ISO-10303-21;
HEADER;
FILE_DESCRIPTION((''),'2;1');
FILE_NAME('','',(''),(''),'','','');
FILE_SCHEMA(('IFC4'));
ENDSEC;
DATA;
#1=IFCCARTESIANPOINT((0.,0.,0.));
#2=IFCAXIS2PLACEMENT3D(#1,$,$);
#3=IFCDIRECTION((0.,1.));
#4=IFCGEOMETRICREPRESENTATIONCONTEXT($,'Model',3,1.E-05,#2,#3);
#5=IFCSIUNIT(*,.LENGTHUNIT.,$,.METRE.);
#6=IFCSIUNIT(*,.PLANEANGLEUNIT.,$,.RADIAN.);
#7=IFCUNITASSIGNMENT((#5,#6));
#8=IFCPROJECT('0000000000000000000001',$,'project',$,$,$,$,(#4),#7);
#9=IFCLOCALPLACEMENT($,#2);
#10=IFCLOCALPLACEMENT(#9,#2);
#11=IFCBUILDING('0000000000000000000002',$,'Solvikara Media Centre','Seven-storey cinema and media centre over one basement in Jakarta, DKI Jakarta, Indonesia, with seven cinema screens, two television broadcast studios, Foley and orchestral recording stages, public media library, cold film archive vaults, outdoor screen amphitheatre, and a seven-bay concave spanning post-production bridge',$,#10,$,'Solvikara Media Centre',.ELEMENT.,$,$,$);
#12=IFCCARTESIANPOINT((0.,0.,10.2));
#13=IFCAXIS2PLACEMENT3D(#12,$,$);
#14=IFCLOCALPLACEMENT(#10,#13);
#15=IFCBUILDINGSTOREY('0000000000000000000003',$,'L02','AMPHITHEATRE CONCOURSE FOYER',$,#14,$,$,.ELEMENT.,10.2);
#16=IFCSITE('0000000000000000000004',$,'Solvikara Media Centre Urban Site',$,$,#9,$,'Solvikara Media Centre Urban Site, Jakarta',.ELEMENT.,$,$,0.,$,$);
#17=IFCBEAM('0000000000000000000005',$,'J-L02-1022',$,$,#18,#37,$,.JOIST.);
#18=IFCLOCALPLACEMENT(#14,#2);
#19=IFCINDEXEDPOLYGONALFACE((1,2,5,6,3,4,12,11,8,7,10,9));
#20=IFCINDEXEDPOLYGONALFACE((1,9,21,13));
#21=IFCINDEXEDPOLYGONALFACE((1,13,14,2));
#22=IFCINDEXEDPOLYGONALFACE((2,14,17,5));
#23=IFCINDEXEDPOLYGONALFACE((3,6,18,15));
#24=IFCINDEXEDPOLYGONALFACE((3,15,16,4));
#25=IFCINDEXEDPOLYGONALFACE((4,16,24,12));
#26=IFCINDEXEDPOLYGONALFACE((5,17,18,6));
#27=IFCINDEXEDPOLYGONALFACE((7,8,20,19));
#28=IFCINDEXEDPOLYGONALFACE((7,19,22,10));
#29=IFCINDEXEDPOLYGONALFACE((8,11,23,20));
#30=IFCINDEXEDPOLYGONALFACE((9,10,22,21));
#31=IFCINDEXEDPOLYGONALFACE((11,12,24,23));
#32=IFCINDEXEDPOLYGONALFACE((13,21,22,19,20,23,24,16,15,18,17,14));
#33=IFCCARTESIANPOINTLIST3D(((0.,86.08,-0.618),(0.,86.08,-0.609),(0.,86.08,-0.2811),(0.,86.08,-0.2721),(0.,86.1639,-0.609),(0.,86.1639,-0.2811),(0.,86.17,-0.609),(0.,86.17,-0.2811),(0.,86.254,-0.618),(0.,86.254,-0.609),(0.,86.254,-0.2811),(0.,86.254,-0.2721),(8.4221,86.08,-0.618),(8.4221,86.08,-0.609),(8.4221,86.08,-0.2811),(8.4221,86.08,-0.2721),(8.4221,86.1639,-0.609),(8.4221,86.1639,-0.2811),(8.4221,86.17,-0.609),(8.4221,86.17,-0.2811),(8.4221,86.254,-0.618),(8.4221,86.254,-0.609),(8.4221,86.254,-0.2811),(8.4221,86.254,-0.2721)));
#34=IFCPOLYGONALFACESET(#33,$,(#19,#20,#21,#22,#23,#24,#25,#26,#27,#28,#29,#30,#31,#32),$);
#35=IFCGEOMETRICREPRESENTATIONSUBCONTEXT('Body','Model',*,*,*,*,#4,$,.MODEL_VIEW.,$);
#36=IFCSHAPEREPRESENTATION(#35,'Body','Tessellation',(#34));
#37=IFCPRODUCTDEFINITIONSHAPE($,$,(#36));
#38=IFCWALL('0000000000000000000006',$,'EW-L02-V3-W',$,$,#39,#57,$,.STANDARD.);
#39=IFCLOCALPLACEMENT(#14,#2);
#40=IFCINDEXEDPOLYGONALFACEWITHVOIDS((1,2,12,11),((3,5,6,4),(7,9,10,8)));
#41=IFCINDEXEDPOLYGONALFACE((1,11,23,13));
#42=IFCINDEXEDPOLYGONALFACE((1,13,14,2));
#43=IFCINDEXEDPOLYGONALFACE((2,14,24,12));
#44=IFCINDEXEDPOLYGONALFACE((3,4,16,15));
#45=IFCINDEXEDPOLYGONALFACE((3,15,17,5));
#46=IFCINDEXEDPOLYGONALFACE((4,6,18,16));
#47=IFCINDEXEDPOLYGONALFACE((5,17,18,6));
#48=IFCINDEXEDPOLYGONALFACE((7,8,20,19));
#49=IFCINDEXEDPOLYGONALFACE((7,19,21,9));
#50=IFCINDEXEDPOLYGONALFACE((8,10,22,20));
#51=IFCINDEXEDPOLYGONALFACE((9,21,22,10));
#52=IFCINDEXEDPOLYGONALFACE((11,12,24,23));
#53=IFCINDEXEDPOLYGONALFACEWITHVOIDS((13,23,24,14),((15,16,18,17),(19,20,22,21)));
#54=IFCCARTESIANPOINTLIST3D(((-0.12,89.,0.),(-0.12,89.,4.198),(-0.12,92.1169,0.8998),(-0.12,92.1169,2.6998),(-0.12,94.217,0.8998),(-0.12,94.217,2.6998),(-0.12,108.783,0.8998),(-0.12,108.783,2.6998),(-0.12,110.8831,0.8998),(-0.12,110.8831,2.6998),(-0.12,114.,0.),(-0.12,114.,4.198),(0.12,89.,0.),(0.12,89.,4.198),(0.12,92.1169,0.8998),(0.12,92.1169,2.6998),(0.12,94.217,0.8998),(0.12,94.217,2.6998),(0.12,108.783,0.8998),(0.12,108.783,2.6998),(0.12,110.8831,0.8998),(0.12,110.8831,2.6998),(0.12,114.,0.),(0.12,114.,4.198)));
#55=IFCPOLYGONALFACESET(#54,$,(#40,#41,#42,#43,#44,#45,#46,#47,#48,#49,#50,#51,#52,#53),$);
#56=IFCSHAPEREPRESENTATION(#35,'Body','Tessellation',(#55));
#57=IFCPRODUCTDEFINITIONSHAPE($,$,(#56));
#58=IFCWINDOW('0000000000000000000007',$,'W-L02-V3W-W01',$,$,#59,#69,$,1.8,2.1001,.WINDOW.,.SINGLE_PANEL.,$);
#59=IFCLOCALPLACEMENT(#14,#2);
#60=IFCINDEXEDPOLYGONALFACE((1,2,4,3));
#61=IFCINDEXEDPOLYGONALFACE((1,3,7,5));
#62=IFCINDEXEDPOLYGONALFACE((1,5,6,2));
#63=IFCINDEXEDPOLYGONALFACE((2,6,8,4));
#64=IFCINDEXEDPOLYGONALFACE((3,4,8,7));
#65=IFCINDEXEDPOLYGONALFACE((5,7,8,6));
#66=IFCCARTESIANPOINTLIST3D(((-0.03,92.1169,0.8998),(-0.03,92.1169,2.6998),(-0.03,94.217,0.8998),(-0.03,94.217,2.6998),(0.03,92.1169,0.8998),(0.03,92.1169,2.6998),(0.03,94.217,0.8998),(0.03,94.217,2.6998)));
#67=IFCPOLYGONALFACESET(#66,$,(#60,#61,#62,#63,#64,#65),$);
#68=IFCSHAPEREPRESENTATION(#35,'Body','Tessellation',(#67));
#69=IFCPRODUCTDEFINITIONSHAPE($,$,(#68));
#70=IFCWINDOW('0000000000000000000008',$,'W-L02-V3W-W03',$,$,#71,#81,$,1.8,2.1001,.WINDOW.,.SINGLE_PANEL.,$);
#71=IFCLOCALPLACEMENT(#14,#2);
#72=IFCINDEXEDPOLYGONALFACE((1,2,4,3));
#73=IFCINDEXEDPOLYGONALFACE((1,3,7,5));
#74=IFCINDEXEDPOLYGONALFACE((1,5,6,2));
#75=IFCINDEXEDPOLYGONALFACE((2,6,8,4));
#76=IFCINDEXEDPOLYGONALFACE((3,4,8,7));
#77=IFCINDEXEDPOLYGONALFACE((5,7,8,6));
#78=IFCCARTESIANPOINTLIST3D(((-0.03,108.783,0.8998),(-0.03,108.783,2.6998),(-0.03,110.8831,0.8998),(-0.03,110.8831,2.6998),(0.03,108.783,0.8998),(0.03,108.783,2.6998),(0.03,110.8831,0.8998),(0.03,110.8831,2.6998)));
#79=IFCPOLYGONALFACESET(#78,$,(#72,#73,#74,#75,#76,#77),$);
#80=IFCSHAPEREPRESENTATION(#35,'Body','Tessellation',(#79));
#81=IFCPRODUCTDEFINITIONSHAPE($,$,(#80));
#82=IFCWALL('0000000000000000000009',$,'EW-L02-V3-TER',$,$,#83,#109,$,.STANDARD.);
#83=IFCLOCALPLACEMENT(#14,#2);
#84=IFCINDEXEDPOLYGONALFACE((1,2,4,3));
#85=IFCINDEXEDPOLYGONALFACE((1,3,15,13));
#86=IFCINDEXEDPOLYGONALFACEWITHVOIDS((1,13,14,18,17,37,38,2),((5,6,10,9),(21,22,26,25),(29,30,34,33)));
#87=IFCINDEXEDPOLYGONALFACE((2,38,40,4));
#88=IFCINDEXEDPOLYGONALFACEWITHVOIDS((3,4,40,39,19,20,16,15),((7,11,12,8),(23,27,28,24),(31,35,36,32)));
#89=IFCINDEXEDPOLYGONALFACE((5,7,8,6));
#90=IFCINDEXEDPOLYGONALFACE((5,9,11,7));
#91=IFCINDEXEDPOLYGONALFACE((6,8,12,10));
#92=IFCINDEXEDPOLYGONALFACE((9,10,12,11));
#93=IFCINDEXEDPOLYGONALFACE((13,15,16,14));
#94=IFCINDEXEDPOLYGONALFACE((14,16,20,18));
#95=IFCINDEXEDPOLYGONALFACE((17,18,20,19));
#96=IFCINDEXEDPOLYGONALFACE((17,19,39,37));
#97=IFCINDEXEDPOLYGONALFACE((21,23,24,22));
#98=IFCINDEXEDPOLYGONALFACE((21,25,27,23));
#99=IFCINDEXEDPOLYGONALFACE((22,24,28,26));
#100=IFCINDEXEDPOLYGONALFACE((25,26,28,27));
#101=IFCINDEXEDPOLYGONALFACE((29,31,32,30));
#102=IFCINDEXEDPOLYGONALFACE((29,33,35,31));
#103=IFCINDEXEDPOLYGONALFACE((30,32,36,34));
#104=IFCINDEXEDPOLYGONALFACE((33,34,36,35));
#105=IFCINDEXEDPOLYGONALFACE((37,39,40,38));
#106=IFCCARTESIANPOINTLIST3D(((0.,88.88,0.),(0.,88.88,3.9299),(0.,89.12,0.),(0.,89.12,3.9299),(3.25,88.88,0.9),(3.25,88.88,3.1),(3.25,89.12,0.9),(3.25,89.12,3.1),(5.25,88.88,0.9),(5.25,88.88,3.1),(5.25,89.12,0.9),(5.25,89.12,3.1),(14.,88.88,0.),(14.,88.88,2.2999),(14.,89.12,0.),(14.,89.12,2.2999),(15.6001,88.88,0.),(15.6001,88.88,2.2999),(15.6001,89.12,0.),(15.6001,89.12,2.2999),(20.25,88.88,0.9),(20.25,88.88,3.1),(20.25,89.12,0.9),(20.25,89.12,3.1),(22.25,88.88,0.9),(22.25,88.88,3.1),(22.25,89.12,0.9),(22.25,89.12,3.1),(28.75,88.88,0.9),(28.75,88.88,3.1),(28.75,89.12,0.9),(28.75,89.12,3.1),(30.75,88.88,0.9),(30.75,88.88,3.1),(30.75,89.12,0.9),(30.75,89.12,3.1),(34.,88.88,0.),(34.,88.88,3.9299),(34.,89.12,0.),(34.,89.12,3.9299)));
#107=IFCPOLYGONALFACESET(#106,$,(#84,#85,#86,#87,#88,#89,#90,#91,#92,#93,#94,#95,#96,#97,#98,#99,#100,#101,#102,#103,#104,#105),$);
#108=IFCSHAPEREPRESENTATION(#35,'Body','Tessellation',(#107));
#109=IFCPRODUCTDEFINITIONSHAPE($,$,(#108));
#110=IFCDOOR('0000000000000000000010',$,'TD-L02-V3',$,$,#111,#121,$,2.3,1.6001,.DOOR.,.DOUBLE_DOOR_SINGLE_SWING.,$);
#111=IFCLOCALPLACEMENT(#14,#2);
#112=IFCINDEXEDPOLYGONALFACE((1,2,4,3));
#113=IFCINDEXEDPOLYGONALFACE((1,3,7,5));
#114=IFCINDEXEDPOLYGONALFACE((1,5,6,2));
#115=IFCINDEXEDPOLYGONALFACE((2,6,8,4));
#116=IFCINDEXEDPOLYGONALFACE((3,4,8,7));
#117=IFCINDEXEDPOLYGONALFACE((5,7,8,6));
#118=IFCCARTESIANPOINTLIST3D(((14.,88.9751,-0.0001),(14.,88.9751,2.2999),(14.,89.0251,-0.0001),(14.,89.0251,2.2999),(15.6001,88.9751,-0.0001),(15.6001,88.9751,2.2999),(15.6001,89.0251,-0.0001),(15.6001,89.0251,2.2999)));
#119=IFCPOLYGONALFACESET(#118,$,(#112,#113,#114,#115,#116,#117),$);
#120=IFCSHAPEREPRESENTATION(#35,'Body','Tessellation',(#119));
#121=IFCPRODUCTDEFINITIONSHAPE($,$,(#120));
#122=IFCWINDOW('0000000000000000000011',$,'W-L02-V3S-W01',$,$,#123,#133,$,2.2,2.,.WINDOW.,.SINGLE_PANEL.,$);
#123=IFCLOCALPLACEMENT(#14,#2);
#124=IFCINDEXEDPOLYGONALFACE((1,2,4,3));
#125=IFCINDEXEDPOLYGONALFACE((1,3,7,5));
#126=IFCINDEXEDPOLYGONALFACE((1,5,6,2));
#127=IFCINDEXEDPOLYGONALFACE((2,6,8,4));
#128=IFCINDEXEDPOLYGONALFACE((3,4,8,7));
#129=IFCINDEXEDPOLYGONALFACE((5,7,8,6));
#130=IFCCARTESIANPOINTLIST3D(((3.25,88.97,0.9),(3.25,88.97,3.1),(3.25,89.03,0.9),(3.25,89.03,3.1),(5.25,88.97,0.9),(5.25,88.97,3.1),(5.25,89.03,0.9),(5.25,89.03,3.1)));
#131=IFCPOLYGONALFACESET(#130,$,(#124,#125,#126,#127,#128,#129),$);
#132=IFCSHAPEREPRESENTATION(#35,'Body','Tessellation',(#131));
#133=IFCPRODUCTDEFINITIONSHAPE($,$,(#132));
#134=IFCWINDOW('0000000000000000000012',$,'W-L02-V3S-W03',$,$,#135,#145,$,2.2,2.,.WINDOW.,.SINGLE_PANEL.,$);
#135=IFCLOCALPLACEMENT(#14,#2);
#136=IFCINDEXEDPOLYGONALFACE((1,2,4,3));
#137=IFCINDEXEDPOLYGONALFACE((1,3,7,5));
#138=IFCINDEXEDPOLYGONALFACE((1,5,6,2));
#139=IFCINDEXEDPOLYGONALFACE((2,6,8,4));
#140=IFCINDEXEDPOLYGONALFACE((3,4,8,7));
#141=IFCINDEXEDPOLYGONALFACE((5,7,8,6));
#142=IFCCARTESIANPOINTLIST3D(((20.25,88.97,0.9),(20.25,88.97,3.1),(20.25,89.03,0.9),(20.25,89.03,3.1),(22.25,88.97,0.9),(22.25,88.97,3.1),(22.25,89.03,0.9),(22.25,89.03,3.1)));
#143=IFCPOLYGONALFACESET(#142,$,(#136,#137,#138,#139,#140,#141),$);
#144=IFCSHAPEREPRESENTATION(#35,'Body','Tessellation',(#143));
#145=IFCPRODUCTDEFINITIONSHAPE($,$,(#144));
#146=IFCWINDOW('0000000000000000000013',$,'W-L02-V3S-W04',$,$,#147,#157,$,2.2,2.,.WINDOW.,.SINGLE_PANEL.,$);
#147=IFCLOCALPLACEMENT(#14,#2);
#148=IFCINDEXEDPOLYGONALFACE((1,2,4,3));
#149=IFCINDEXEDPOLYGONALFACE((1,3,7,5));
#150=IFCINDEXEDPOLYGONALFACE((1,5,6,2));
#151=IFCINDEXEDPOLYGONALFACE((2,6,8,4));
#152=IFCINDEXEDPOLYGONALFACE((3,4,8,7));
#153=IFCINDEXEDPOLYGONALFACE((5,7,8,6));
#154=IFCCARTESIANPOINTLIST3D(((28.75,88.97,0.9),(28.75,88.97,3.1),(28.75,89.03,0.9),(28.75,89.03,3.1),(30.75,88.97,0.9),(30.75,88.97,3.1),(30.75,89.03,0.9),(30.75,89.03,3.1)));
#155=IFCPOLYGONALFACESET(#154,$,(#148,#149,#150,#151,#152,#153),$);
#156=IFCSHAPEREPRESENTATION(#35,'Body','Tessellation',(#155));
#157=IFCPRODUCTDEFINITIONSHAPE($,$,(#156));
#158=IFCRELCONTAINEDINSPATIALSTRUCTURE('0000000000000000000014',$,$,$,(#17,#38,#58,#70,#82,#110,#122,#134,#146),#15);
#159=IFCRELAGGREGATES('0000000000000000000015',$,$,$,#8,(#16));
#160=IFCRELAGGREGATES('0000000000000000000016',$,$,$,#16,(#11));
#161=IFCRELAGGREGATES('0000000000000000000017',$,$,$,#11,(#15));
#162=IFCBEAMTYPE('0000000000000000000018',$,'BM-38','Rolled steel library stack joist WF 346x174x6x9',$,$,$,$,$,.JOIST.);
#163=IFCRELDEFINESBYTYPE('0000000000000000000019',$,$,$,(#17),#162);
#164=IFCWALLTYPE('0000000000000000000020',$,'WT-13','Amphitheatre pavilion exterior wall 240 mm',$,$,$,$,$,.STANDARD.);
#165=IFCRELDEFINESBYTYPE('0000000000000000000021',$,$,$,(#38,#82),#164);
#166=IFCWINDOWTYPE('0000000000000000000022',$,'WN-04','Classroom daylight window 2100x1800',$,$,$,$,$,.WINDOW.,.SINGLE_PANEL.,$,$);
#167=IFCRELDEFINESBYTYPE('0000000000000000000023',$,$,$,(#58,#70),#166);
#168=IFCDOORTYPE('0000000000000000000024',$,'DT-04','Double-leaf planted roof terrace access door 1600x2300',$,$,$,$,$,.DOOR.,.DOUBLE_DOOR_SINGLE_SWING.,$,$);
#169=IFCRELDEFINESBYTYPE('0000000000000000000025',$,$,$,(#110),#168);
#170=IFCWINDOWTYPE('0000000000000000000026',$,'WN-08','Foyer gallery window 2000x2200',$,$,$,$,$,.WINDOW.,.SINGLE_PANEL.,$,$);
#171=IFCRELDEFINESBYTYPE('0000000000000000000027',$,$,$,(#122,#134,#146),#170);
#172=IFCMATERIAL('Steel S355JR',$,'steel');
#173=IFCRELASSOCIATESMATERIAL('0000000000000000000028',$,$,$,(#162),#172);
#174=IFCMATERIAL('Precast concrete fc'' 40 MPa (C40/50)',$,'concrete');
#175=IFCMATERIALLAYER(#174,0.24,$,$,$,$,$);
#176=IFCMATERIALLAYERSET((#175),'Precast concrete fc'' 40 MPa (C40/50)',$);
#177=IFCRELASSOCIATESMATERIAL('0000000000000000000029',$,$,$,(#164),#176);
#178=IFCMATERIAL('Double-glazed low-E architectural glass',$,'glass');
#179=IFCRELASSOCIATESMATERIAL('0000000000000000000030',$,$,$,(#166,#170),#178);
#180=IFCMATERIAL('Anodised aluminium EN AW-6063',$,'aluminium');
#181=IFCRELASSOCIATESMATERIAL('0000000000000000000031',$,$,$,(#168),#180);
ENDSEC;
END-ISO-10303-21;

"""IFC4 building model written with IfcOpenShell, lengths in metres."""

from ifc_helpers import new_model, si_unit, direction, frame, frame_2d, origin, origin_2d, place, context, subcontext, project, spatial, rectangle, i_section, extrude, material, layer, layer_set, material_profile, profile_set, type_object, element, fill, save


model = new_model("IFC4")

# Units and contexts
model_context = context("Model", 3, precision=1e-05, world=origin(), true_north=direction((0.0, 1.0)))
body_context = subcontext(model_context, "Body", "Model", "MODEL_VIEW")
ifc_project = project(units=[si_unit("LENGTHUNIT", "METRE"), si_unit("PLANEANGLEUNIT", "RADIAN")], contexts=[model_context])

# Site, building, storey
site_placement = place(None, origin())
site = spatial("IfcSite", under=ifc_project, at=site_placement, Name="Solvikara Media Centre Urban Site", LongName="Solvikara Media Centre Urban Site, Jakarta", CompositionType="ELEMENT", RefElevation=0.0)
building_placement = place(site_placement, origin())
building = spatial("IfcBuilding", under=site, at=building_placement, Name="Solvikara Media Centre", Description="Seven-storey cinema and media centre over one basement in Jakarta, DKI Jakarta, Indonesia, with seven cinema screens, two television broadcast studios, Foley and orchestral recording stages, public media library, cold film archive vaults, outdoor screen amphitheatre, and a seven-bay concave spanning post-production bridge", LongName="Solvikara Media Centre", CompositionType="ELEMENT")
storey_placement = place(building_placement, frame((0.0, 0.0, 10.2)))
storey = spatial("IfcBuildingStorey", under=building, at=storey_placement, Name="L02", Description="AMPHITHEATRE CONCOURSE FOYER", CompositionType="ELEMENT", Elevation=10.2)

# Shared definitions
ifc_material_1 = material(Name="Steel S355JR", Category="steel")

# Beam
ifc_material_profile_1 = material_profile(ifc_material_1, i_section(OverallWidth=0.1741, OverallDepth=0.3459, WebThickness=0.0061, FlangeThickness=0.009, at=origin_2d()), Name="WF 346x174x6x9")
ifc_profile_set_1 = profile_set([ifc_material_profile_1], Name="Steel S355JR")
beam_type_1 = type_object("IfcBeamType", Name="BM-38", Description="Rolled steel library stack joist WF 346x174x6x9", PredefinedType="JOIST", material=ifc_profile_set_1)
beam_1_placement = place(storey_placement, frame((0.0, 86.167, -0.4451), z_axis=(1.0, 0.0, 0.0), x_axis=(0.0, 1.0, 0.0)))
element("IfcBeam", 1, at=beam_1_placement, inside=storey, type_object=beam_type_1, Name="J-L02-1022", PredefinedType="JOIST", context=body_context, shape_type="SweptSolid", body=[
    extrude(i_section(OverallWidth=0.1741, OverallDepth=0.3459, WebThickness=0.0061, FlangeThickness=0.009, at=origin_2d()), origin(), (0.0, 0.0, 1.0), 8.4221),
])

# Wall, openings, windows
ifc_material_2 = material(Name="Precast concrete fc' 40 MPa (C40/50)", Category="concrete")
ifc_layer_1 = layer(ifc_material_2, 0.24)
ifc_layer_set_1 = layer_set([ifc_layer_1], Name="Precast concrete fc' 40 MPa (C40/50)")
wall_type = type_object("IfcWallType", Name="WT-13", Description="Amphitheatre pavilion exterior wall 240 mm", PredefinedType="STANDARD", material=ifc_layer_set_1)
wall_1_placement = place(storey_placement, frame((0.0, 89.0, 0.0), z_axis=(0.0, 0.0, 1.0), x_axis=(0.0, 1.0, 0.0)))
wall_1 = element("IfcWall", 2, at=wall_1_placement, inside=storey, type_object=wall_type, Name="EW-L02-V3-W", PredefinedType="STANDARD", context=body_context, shape_type="SweptSolid", body=[
    extrude(rectangle(XDim=25.0, YDim=0.24, at=frame_2d((12.5, 0.0))), origin(), (0.0, 0.0, 1.0), 4.198),
])
opening_1_placement = place(wall_1_placement, frame((3.1169, 0.0, 0.8999)))
opening_1 = element("IfcOpeningElement", 3, at=opening_1_placement, cuts=wall_1, PredefinedType="OPENING", context=body_context, shape_type="SweptSolid", body=[
    extrude(rectangle(XDim=2.1001, YDim=1.8, at=frame_2d((1.05, 0.8999))), frame((0.0, 0.1318, 0.0), z_axis=(0.0, -1.0, 0.0), x_axis=(1.0, 0.0, 0.0)), (0.0, 0.0, 1.0), 0.2639),
])
opening_2_placement = place(wall_1_placement, frame((19.783, 0.0, 0.8999)))
opening_2 = element("IfcOpeningElement", 4, at=opening_2_placement, cuts=wall_1, PredefinedType="OPENING", context=body_context, shape_type="SweptSolid", body=[
    extrude(rectangle(XDim=2.1001, YDim=1.8, at=frame_2d((1.05, 0.8999))), frame((0.0, 0.1318, 0.0), z_axis=(0.0, -1.0, 0.0), x_axis=(1.0, 0.0, 0.0)), (0.0, 0.0, 1.0), 0.2639),
])
ifc_material_3 = material(Name="Double-glazed low-E architectural glass", Category="glass")
window_type_1 = type_object("IfcWindowType", Name="WN-04", Description="Classroom daylight window 2100x1800", PartitioningType="SINGLE_PANEL", PredefinedType="WINDOW", material=ifc_material_3)
window_1_placement = place(opening_1_placement, origin())
window_1 = element("IfcWindow", 5, at=window_1_placement, inside=storey, type_object=window_type_1, Name="W-L02-V3W-W01", OverallHeight=1.8, OverallWidth=2.1001, PartitioningType="SINGLE_PANEL", PredefinedType="WINDOW", context=body_context, shape_type="SweptSolid", body=[
    extrude(rectangle(XDim=2.1001, YDim=1.8, at=frame_2d((1.05, 0.8999))), frame((0.0, 0.03, 0.0), z_axis=(0.0, -1.0, 0.0), x_axis=(1.0, 0.0, 0.0)), (0.0, 0.0, 1.0), 0.0601),
])
fill(opening_1, window_1)
window_2_placement = place(opening_2_placement, origin())
window_2 = element("IfcWindow", 6, at=window_2_placement, inside=storey, type_object=window_type_1, Name="W-L02-V3W-W03", OverallHeight=1.8, OverallWidth=2.1001, PartitioningType="SINGLE_PANEL", PredefinedType="WINDOW", context=body_context, shape_type="SweptSolid", body=[
    extrude(rectangle(XDim=2.1001, YDim=1.8, at=frame_2d((1.05, 0.8999))), frame((0.0, 0.03, 0.0), z_axis=(0.0, -1.0, 0.0), x_axis=(1.0, 0.0, 0.0)), (0.0, 0.0, 1.0), 0.0601),
])
fill(opening_2, window_2)

# Wall, openings, door, windows
wall_2_placement = place(storey_placement, frame((0.0, 89.0, 0.0), z_axis=(0.0, 0.0, 1.0), x_axis=(1.0, 0.0, 0.0)))
wall_2 = element("IfcWall", 7, at=wall_2_placement, inside=storey, type_object=wall_type, Name="EW-L02-V3-TER", PredefinedType="STANDARD", context=body_context, shape_type="SweptSolid", body=[
    extrude(rectangle(XDim=34.0, YDim=0.24, at=frame_2d((17.0, 0.0))), origin(), (0.0, 0.0, 1.0), 3.9299),
])
opening_3_placement = place(wall_2_placement, frame((14.0, 0.0, 0.0)))
opening_3 = element("IfcOpeningElement", 8, at=opening_3_placement, cuts=wall_2, PredefinedType="OPENING", context=body_context, shape_type="SweptSolid", body=[
    extrude(rectangle(XDim=1.6001, YDim=2.3, at=frame_2d((0.8, 1.1499))), frame((0.0, 0.1318, 0.0), z_axis=(0.0, -1.0, 0.0), x_axis=(1.0, 0.0, 0.0)), (0.0, 0.0, 1.0), 0.2639),
])
opening_4_placement = place(wall_2_placement, frame((3.25, 0.0, 0.8999)))
opening_4 = element("IfcOpeningElement", 9, at=opening_4_placement, cuts=wall_2, PredefinedType="OPENING", context=body_context, shape_type="SweptSolid", body=[
    extrude(rectangle(XDim=2.0, YDim=2.2, at=frame_2d((1.0, 1.1001))), frame((0.0, 0.1318, 0.0), z_axis=(0.0, -1.0, 0.0), x_axis=(1.0, 0.0, 0.0)), (0.0, 0.0, 1.0), 0.2639),
])
opening_5_placement = place(wall_2_placement, frame((20.25, 0.0, 0.8999)))
opening_5 = element("IfcOpeningElement", 10, at=opening_5_placement, cuts=wall_2, PredefinedType="OPENING", context=body_context, shape_type="SweptSolid", body=[
    extrude(rectangle(XDim=2.0, YDim=2.2, at=frame_2d((1.0, 1.1001))), frame((0.0, 0.1318, 0.0), z_axis=(0.0, -1.0, 0.0), x_axis=(1.0, 0.0, 0.0)), (0.0, 0.0, 1.0), 0.2639),
])
opening_6_placement = place(wall_2_placement, frame((28.75, 0.0, 0.8999)))
opening_6 = element("IfcOpeningElement", 11, at=opening_6_placement, cuts=wall_2, PredefinedType="OPENING", context=body_context, shape_type="SweptSolid", body=[
    extrude(rectangle(XDim=2.0, YDim=2.2, at=frame_2d((1.0, 1.1001))), frame((0.0, 0.1318, 0.0), z_axis=(0.0, -1.0, 0.0), x_axis=(1.0, 0.0, 0.0)), (0.0, 0.0, 1.0), 0.2639),
])
ifc_material_4 = material(Name="Anodised aluminium EN AW-6063", Category="aluminium")
door_type = type_object("IfcDoorType", Name="DT-04", Description="Double-leaf planted roof terrace access door 1600x2300", OperationType="DOUBLE_DOOR_SINGLE_SWING", PredefinedType="DOOR", material=ifc_material_4)
door_placement = place(opening_3_placement, frame((1.6001, 0.0, 0.0), z_axis=(0.0, 0.0, 1.0), x_axis=(-1.0, 0.0, 0.0)))
door = element("IfcDoor", 12, at=door_placement, inside=storey, type_object=door_type, Name="TD-L02-V3", OperationType="DOUBLE_DOOR_SINGLE_SWING", OverallHeight=2.3, OverallWidth=1.6001, PredefinedType="DOOR", context=body_context, shape_type="SweptSolid", body=[
    extrude(rectangle(XDim=1.6001, YDim=2.3, at=frame_2d((0.8, 1.1499))), frame((0.0, 0.0249, 0.0), z_axis=(0.0, -1.0, 0.0), x_axis=(1.0, 0.0, 0.0)), (0.0, 0.0, 1.0), 0.05),
])
fill(opening_3, door)
window_type_2 = type_object("IfcWindowType", Name="WN-08", Description="Foyer gallery window 2000x2200", PartitioningType="SINGLE_PANEL", PredefinedType="WINDOW", material=ifc_material_3)
window_3_placement = place(opening_4_placement, origin())
window_3 = element("IfcWindow", 13, at=window_3_placement, inside=storey, type_object=window_type_2, Name="W-L02-V3S-W01", OverallHeight=2.2, OverallWidth=2.0, PartitioningType="SINGLE_PANEL", PredefinedType="WINDOW", context=body_context, shape_type="SweptSolid", body=[
    extrude(rectangle(XDim=2.0, YDim=2.2, at=frame_2d((1.0, 1.1001))), frame((0.0, 0.03, 0.0), z_axis=(0.0, -1.0, 0.0), x_axis=(1.0, 0.0, 0.0)), (0.0, 0.0, 1.0), 0.0601),
])
fill(opening_4, window_3)
window_4_placement = place(opening_5_placement, origin())
window_4 = element("IfcWindow", 14, at=window_4_placement, inside=storey, type_object=window_type_2, Name="W-L02-V3S-W03", OverallHeight=2.2, OverallWidth=2.0, PartitioningType="SINGLE_PANEL", PredefinedType="WINDOW", context=body_context, shape_type="SweptSolid", body=[
    extrude(rectangle(XDim=2.0, YDim=2.2, at=frame_2d((1.0, 1.1001))), frame((0.0, 0.03, 0.0), z_axis=(0.0, -1.0, 0.0), x_axis=(1.0, 0.0, 0.0)), (0.0, 0.0, 1.0), 0.0601),
])
fill(opening_5, window_4)
window_5_placement = place(opening_6_placement, origin())
window_5 = element("IfcWindow", 15, at=window_5_placement, inside=storey, type_object=window_type_2, Name="W-L02-V3S-W04", OverallHeight=2.2, OverallWidth=2.0, PartitioningType="SINGLE_PANEL", PredefinedType="WINDOW", context=body_context, shape_type="SweptSolid", body=[
    extrude(rectangle(XDim=2.0, YDim=2.2, at=frame_2d((1.0, 1.1001))), frame((0.0, 0.03, 0.0), z_axis=(0.0, -1.0, 0.0), x_axis=(1.0, 0.0, 0.0)), (0.0, 0.0, 1.0), 0.0601),
])
fill(opening_6, window_5)

save(model, "model.ifc")
